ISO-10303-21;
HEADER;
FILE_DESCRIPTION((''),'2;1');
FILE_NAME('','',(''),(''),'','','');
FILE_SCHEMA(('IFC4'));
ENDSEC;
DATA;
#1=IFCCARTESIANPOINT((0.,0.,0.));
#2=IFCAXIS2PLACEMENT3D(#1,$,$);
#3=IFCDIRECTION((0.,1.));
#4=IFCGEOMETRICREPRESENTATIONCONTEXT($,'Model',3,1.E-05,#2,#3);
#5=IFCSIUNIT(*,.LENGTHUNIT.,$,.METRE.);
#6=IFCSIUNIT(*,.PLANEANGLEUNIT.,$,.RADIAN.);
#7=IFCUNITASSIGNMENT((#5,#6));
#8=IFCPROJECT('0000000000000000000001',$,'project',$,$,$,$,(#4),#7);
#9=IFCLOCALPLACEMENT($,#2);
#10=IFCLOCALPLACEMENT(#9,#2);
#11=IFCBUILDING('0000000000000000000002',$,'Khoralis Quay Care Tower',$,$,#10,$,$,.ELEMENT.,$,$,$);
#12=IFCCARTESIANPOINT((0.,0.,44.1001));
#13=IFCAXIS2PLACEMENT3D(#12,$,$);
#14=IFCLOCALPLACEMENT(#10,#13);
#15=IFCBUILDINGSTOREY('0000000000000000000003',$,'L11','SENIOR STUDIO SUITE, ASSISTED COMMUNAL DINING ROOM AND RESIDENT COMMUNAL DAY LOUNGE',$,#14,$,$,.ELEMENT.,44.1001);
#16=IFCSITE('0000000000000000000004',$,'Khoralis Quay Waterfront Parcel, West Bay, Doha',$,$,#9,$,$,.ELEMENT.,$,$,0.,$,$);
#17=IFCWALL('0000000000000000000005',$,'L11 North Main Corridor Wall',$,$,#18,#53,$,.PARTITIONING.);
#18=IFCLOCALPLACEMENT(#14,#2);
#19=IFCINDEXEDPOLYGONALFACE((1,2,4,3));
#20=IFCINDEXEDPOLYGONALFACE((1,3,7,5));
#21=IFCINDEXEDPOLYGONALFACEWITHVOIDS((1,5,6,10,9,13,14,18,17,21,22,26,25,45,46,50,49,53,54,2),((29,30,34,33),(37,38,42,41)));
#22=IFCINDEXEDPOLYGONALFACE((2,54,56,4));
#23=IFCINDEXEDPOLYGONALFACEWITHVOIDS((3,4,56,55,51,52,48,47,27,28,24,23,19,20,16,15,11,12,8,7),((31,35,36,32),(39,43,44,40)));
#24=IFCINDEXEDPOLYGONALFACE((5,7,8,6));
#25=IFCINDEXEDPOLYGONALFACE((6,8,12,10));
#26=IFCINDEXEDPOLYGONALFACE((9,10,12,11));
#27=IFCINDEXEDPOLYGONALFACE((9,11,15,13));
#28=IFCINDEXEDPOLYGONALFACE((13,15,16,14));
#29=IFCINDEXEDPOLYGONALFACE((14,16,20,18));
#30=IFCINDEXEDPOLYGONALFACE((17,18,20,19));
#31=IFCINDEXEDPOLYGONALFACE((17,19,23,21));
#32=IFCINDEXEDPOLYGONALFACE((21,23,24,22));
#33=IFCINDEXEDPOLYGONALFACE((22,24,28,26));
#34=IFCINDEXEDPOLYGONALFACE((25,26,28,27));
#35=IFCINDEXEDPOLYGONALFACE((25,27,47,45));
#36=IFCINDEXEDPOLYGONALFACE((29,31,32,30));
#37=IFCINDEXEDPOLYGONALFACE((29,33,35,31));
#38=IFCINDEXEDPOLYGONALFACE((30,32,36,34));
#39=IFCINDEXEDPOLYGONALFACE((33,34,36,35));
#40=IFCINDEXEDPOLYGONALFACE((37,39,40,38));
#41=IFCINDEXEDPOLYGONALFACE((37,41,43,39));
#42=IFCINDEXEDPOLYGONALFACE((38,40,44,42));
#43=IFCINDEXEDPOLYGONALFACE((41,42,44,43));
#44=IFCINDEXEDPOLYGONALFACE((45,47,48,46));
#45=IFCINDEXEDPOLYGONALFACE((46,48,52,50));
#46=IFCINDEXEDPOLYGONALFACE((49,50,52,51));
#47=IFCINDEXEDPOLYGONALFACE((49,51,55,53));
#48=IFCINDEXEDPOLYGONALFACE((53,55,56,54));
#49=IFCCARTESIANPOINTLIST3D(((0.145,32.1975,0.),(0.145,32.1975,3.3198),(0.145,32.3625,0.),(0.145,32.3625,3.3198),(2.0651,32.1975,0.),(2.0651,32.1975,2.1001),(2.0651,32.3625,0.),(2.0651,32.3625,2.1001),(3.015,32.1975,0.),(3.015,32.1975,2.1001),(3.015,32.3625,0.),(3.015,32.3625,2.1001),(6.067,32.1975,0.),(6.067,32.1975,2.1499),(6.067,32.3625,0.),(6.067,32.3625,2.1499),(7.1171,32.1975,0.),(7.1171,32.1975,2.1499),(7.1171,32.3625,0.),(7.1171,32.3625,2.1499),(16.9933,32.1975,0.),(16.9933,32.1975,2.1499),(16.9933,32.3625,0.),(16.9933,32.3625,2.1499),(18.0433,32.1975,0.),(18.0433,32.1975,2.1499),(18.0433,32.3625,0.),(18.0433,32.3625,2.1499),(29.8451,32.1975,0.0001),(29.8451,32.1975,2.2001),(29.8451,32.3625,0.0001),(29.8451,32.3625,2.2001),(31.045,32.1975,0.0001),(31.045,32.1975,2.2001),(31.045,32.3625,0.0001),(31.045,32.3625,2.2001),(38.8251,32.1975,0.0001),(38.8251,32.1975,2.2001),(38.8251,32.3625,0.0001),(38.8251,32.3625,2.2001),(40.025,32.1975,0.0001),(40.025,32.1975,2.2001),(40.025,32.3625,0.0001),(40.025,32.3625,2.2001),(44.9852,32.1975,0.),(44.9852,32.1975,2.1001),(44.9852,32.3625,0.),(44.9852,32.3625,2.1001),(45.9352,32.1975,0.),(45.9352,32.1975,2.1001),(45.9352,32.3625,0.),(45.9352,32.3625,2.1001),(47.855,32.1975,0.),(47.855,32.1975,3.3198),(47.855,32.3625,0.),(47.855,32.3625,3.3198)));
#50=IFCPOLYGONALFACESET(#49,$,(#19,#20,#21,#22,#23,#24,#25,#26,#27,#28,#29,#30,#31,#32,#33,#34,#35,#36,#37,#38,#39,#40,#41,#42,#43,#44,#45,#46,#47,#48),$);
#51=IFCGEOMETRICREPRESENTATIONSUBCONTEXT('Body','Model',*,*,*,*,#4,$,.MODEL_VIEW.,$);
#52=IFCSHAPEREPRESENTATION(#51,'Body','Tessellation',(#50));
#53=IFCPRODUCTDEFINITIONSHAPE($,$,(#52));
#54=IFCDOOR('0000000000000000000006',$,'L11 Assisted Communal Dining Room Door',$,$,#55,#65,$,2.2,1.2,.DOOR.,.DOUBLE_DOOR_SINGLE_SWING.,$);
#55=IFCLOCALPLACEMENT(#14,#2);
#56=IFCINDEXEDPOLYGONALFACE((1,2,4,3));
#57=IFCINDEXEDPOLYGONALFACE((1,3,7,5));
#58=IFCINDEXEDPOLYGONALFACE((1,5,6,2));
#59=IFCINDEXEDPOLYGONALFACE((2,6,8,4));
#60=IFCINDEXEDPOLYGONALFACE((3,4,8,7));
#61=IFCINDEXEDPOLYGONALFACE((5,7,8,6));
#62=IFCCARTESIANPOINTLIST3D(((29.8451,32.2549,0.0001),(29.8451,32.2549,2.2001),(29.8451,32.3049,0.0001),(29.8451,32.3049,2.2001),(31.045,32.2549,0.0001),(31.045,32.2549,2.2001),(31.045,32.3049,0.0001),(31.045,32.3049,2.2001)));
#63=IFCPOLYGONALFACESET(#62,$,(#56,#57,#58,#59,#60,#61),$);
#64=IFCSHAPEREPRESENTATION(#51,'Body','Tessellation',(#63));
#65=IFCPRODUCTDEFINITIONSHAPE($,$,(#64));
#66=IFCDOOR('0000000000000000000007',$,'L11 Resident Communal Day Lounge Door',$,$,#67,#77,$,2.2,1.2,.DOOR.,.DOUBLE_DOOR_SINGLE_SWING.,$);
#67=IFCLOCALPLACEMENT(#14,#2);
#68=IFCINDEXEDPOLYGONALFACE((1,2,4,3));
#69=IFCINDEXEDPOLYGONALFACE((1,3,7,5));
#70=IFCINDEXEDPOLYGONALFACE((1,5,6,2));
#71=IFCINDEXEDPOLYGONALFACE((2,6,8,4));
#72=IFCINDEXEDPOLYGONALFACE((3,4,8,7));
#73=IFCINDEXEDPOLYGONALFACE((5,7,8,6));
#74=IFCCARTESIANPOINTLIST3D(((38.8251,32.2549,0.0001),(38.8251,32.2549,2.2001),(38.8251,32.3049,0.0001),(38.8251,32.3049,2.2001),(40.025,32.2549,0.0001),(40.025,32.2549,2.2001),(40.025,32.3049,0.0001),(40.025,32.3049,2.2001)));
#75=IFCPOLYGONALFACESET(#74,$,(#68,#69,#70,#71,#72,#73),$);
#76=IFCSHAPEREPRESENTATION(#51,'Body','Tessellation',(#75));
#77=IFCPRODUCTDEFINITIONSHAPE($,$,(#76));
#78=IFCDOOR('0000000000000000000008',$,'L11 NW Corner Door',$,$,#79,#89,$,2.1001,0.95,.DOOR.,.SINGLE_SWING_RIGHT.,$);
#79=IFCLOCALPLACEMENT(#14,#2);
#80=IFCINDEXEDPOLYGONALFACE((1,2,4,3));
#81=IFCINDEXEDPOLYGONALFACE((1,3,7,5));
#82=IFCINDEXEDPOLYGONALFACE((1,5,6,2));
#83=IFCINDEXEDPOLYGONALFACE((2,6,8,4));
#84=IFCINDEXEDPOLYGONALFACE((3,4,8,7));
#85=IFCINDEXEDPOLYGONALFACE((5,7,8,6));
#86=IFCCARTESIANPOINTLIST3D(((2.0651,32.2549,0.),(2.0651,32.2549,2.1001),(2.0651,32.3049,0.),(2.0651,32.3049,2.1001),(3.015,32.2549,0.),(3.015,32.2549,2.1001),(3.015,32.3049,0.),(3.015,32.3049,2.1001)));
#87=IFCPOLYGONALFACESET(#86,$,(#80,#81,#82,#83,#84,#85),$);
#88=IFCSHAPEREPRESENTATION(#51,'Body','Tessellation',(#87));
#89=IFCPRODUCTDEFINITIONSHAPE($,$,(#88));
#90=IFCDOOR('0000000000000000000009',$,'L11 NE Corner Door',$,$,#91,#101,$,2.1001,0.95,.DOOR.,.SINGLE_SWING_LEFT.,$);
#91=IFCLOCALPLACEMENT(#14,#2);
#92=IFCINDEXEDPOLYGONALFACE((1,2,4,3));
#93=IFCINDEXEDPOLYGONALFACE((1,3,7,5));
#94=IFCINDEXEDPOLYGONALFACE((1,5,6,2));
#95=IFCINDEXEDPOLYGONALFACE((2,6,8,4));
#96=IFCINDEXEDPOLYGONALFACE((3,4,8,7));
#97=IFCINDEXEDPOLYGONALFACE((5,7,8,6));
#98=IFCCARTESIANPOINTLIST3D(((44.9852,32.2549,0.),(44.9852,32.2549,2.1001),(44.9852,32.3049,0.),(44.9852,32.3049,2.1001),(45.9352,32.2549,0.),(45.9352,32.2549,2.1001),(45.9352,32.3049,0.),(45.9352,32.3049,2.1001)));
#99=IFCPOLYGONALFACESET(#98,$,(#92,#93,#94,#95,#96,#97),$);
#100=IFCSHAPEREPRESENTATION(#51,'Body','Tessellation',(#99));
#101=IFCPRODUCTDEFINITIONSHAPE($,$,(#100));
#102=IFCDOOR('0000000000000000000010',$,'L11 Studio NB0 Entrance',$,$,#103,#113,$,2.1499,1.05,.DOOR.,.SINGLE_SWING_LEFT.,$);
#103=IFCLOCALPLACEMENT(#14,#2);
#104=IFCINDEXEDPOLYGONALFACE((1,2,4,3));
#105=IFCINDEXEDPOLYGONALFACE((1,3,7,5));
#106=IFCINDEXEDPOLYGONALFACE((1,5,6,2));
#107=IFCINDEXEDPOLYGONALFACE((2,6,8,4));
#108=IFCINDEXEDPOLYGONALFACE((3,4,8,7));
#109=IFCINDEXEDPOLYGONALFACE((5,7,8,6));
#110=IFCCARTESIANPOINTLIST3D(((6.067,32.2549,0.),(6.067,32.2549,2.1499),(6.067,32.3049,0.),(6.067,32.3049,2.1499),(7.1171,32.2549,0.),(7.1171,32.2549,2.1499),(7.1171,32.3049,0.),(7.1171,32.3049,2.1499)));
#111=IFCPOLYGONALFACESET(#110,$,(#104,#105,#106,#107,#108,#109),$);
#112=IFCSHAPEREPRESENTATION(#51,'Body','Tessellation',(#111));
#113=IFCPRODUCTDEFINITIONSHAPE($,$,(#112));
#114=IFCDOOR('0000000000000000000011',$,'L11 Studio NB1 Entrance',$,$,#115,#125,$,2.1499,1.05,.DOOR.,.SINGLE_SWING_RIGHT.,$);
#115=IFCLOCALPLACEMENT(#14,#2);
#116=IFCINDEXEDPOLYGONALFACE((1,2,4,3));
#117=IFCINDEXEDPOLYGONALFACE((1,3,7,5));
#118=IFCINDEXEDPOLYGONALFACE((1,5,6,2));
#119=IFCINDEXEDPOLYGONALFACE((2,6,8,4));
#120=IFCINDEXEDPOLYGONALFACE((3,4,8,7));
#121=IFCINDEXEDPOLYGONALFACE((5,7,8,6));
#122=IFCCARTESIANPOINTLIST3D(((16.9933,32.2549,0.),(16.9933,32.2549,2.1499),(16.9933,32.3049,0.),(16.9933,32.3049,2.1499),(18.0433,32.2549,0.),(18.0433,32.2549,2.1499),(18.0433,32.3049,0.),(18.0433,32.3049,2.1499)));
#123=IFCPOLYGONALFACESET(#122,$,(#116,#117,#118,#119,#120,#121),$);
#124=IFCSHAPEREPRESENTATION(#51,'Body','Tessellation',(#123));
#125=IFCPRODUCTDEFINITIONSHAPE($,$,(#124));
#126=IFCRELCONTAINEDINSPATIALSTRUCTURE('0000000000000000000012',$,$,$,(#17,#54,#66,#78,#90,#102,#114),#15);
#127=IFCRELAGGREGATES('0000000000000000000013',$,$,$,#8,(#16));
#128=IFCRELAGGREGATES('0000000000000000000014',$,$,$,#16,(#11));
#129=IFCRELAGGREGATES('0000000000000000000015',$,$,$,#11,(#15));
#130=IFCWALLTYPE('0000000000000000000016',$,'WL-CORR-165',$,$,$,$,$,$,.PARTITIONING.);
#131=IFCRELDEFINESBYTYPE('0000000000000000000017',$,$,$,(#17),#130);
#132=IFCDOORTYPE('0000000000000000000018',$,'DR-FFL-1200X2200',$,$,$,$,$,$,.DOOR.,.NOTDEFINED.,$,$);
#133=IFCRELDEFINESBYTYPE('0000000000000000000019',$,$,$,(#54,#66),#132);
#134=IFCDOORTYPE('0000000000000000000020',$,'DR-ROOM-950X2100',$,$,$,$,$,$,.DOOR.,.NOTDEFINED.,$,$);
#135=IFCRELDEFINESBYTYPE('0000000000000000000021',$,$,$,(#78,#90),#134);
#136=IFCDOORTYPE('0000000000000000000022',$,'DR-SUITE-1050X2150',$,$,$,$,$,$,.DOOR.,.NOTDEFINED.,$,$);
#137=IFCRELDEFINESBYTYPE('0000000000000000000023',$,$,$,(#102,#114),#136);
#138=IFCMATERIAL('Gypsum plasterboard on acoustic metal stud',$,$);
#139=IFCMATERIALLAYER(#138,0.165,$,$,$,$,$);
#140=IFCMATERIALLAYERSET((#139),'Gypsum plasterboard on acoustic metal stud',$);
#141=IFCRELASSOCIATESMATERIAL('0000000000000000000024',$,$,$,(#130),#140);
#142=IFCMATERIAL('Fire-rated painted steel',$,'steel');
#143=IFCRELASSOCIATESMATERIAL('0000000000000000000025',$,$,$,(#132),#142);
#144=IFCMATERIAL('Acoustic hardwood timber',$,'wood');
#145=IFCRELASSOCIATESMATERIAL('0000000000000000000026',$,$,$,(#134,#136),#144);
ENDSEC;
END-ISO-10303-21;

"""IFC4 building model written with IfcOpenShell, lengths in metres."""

from ifc_helpers import new_model, si_unit, direction, frame, frame_2d, origin, place, context, subcontext, project, spatial, rectangle, extrude, source, transform, mapped, material, layer, layer_set, type_object, element, fill, save


model = new_model("IFC4")

# Units and contexts
model_context = context("Model", 3, precision=1e-05, world=origin(), true_north=direction((0.0, 1.0)))
body_context = subcontext(model_context, "Body", "Model", "MODEL_VIEW")
ifc_project = project(units=[si_unit("LENGTHUNIT", "METRE"), si_unit("PLANEANGLEUNIT", "RADIAN")], contexts=[model_context])

# Site, building, storey
site_placement = place(None, origin())
site = spatial("IfcSite", under=ifc_project, at=site_placement, Name="Khoralis Quay Waterfront Parcel, West Bay, Doha", CompositionType="ELEMENT", RefElevation=0.0)
building_placement = place(site_placement, origin())
building = spatial("IfcBuilding", under=site, at=building_placement, Name="Khoralis Quay Care Tower", CompositionType="ELEMENT")
storey_placement = place(building_placement, frame((0.0, 0.0, 44.1001)))
storey = spatial("IfcBuildingStorey", under=building, at=storey_placement, Name="L11", Description="SENIOR STUDIO SUITE, ASSISTED COMMUNAL DINING ROOM AND RESIDENT COMMUNAL DAY LOUNGE", CompositionType="ELEMENT", Elevation=44.1001)

# Wall, openings, doors
ifc_material_1 = material(Name="Gypsum plasterboard on acoustic metal stud")
ifc_layer_1 = layer(ifc_material_1, 0.165)
ifc_layer_set_1 = layer_set([ifc_layer_1], Name="Gypsum plasterboard on acoustic metal stud")
wall_type_1 = type_object("IfcWallType", Name="WL-CORR-165", PredefinedType="PARTITIONING", material=ifc_layer_set_1)
wall_1_placement = place(storey_placement, frame((0.145, 32.28, 0.0), z_axis=(0.0, 0.0, 1.0), x_axis=(1.0, 0.0, 0.0)))
wall_1 = element("IfcWall", 1, at=wall_1_placement, inside=storey, type_object=wall_type_1, Name="L11 North Main Corridor Wall", PredefinedType="PARTITIONING", context=body_context, shape_type="SweptSolid", body=[
    extrude(rectangle(XDim=47.71, YDim=0.165, at=frame_2d((23.855, 0.0))), origin(), (0.0, 0.0, 1.0), 3.3198),
])
opening_1_placement = place(wall_1_placement, frame((5.9221, 0.0, 0.0)))
opening_1 = element("IfcOpeningElement", 2, at=opening_1_placement, cuts=wall_1, PredefinedType="OPENING", context=body_context, shape_type="SweptSolid", body=[
    extrude(rectangle(XDim=1.05, YDim=2.1499, at=frame_2d((0.5249, 1.075))), frame((0.0, 0.0925, 0.0), z_axis=(0.0, -1.0, 0.0), x_axis=(1.0, 0.0, 0.0)), (0.0, 0.0, 1.0), 0.1851),
])
opening_2_placement = place(wall_1_placement, frame((16.8484, 0.0, 0.0)))
opening_2 = element("IfcOpeningElement", 3, at=opening_2_placement, cuts=wall_1, PredefinedType="OPENING", context=body_context, shape_type="SweptSolid", body=[
    extrude(rectangle(XDim=1.05, YDim=2.1499, at=frame_2d((0.5249, 1.075))), frame((0.0, 0.0925, 0.0), z_axis=(0.0, -1.0, 0.0), x_axis=(1.0, 0.0, 0.0)), (0.0, 0.0, 1.0), 0.1851),
])
opening_3_placement = place(wall_1_placement, frame((29.7, 0.0, 0.0)))
opening_3 = element("IfcOpeningElement", 4, at=opening_3_placement, cuts=wall_1, PredefinedType="OPENING", context=body_context, shape_type="SweptSolid", body=[
    extrude(rectangle(XDim=1.2, YDim=2.2, at=frame_2d((0.6001, 1.1001))), frame((0.0, 0.0925, 0.0), z_axis=(0.0, -1.0, 0.0), x_axis=(1.0, 0.0, 0.0)), (0.0, 0.0, 1.0), 0.1851),
])
opening_4_placement = place(wall_1_placement, frame((38.6799, 0.0, 0.0)))
opening_4 = element("IfcOpeningElement", 5, at=opening_4_placement, cuts=wall_1, PredefinedType="OPENING", context=body_context, shape_type="SweptSolid", body=[
    extrude(rectangle(XDim=1.2, YDim=2.2, at=frame_2d((0.6001, 1.1001))), frame((0.0, 0.0925, 0.0), z_axis=(0.0, -1.0, 0.0), x_axis=(1.0, 0.0, 0.0)), (0.0, 0.0, 1.0), 0.1851),
])
opening_5_placement = place(wall_1_placement, frame((1.9199, 0.0, 0.0)))
opening_5 = element("IfcOpeningElement", 6, at=opening_5_placement, cuts=wall_1, PredefinedType="OPENING", context=body_context, shape_type="SweptSolid", body=[
    extrude(rectangle(XDim=0.95, YDim=2.1001, at=frame_2d((0.4751, 1.05))), frame((0.0, 0.0925, 0.0), z_axis=(0.0, -1.0, 0.0), x_axis=(1.0, 0.0, 0.0)), (0.0, 0.0, 1.0), 0.1851),
])
opening_6_placement = place(wall_1_placement, frame((44.8401, 0.0, 0.0)))
opening_6 = element("IfcOpeningElement", 7, at=opening_6_placement, cuts=wall_1, PredefinedType="OPENING", context=body_context, shape_type="SweptSolid", body=[
    extrude(rectangle(XDim=0.95, YDim=2.1001, at=frame_2d((0.4751, 1.05))), frame((0.0, 0.0925, 0.0), z_axis=(0.0, -1.0, 0.0), x_axis=(1.0, 0.0, 0.0)), (0.0, 0.0, 1.0), 0.1851),
])
ifc_material_2 = material(Name="Fire-rated painted steel", Category="steel")
door_type_1 = type_object("IfcDoorType", Name="DR-FFL-1200X2200", OperationType="NOTDEFINED", PredefinedType="DOOR", material=ifc_material_2)
shared_shape_1 = source(origin(), body_context, "Body", "SweptSolid", [
    extrude(rectangle(XDim=1.2, YDim=2.2, at=frame_2d((0.6001, 1.1001))), frame((0.0, 0.0249, 0.0), z_axis=(0.0, -1.0, 0.0), x_axis=(1.0, 0.0, 0.0)), (0.0, 0.0, 1.0), 0.05),
])
door_1_placement = place(opening_3_placement, origin())
door_1 = element("IfcDoor", 8, at=door_1_placement, inside=storey, type_object=door_type_1, Name="L11 Assisted Communal Dining Room Door", OperationType="DOUBLE_DOOR_SINGLE_SWING", OverallHeight=2.2, OverallWidth=1.2, PredefinedType="DOOR", context=body_context, shape_type="MappedRepresentation", body=[
    mapped(shared_shape_1, transform((0.0, 0.0, 0.0), scale=1.0)),
])
fill(opening_3, door_1)
door_2_placement = place(opening_4_placement, origin())
door_2 = element("IfcDoor", 9, at=door_2_placement, inside=storey, type_object=door_type_1, Name="L11 Resident Communal Day Lounge Door", OperationType="DOUBLE_DOOR_SINGLE_SWING", OverallHeight=2.2, OverallWidth=1.2, PredefinedType="DOOR", context=body_context, shape_type="MappedRepresentation", body=[
    mapped(shared_shape_1, transform((0.0, 0.0, 0.0), scale=1.0)),
])
fill(opening_4, door_2)
ifc_material_3 = material(Name="Acoustic hardwood timber", Category="wood")
door_type_2 = type_object("IfcDoorType", Name="DR-ROOM-950X2100", OperationType="NOTDEFINED", PredefinedType="DOOR", material=ifc_material_3)
shared_shape_2 = source(origin(), body_context, "Body", "SweptSolid", [
    extrude(rectangle(XDim=0.95, YDim=2.1001, at=frame_2d((0.4751, 1.05))), frame((0.0, 0.0249, 0.0), z_axis=(0.0, -1.0, 0.0), x_axis=(1.0, 0.0, 0.0)), (0.0, 0.0, 1.0), 0.05),
])
door_3_placement = place(opening_5_placement, origin())
door_3 = element("IfcDoor", 10, at=door_3_placement, inside=storey, type_object=door_type_2, Name="L11 NW Corner Door", OperationType="SINGLE_SWING_RIGHT", OverallHeight=2.1001, OverallWidth=0.95, PredefinedType="DOOR", context=body_context, shape_type="MappedRepresentation", body=[
    mapped(shared_shape_2, transform((0.0, 0.0, 0.0), scale=1.0)),
])
fill(opening_5, door_3)
door_4_placement = place(opening_6_placement, origin())
door_4 = element("IfcDoor", 11, at=door_4_placement, inside=storey, type_object=door_type_2, Name="L11 NE Corner Door", OperationType="SINGLE_SWING_LEFT", OverallHeight=2.1001, OverallWidth=0.95, PredefinedType="DOOR", context=body_context, shape_type="MappedRepresentation", body=[
    mapped(shared_shape_2, transform((0.0, 0.0, 0.0), scale=1.0)),
])
fill(opening_6, door_4)
door_type_3 = type_object("IfcDoorType", Name="DR-SUITE-1050X2150", OperationType="NOTDEFINED", PredefinedType="DOOR", material=ifc_material_3)
shared_shape_3 = source(origin(), body_context, "Body", "SweptSolid", [
    extrude(rectangle(XDim=1.05, YDim=2.1499, at=frame_2d((0.5249, 1.075))), frame((0.0, 0.0249, 0.0), z_axis=(0.0, -1.0, 0.0), x_axis=(1.0, 0.0, 0.0)), (0.0, 0.0, 1.0), 0.05),
])
door_5_placement = place(opening_1_placement, origin())
door_5 = element("IfcDoor", 12, at=door_5_placement, inside=storey, type_object=door_type_3, Name="L11 Studio NB0 Entrance", OperationType="SINGLE_SWING_LEFT", OverallHeight=2.1499, OverallWidth=1.05, PredefinedType="DOOR", context=body_context, shape_type="MappedRepresentation", body=[
    mapped(shared_shape_3, transform((0.0, 0.0, 0.0), scale=1.0)),
])
fill(opening_1, door_5)
door_6_placement = place(opening_2_placement, origin())
door_6 = element("IfcDoor", 13, at=door_6_placement, inside=storey, type_object=door_type_3, Name="L11 Studio NB1 Entrance", OperationType="SINGLE_SWING_RIGHT", OverallHeight=2.1499, OverallWidth=1.05, PredefinedType="DOOR", context=body_context, shape_type="MappedRepresentation", body=[
    mapped(shared_shape_3, transform((0.0, 0.0, 0.0), scale=1.0)),
])
fill(opening_2, door_6)

save(model, "model.ifc")
